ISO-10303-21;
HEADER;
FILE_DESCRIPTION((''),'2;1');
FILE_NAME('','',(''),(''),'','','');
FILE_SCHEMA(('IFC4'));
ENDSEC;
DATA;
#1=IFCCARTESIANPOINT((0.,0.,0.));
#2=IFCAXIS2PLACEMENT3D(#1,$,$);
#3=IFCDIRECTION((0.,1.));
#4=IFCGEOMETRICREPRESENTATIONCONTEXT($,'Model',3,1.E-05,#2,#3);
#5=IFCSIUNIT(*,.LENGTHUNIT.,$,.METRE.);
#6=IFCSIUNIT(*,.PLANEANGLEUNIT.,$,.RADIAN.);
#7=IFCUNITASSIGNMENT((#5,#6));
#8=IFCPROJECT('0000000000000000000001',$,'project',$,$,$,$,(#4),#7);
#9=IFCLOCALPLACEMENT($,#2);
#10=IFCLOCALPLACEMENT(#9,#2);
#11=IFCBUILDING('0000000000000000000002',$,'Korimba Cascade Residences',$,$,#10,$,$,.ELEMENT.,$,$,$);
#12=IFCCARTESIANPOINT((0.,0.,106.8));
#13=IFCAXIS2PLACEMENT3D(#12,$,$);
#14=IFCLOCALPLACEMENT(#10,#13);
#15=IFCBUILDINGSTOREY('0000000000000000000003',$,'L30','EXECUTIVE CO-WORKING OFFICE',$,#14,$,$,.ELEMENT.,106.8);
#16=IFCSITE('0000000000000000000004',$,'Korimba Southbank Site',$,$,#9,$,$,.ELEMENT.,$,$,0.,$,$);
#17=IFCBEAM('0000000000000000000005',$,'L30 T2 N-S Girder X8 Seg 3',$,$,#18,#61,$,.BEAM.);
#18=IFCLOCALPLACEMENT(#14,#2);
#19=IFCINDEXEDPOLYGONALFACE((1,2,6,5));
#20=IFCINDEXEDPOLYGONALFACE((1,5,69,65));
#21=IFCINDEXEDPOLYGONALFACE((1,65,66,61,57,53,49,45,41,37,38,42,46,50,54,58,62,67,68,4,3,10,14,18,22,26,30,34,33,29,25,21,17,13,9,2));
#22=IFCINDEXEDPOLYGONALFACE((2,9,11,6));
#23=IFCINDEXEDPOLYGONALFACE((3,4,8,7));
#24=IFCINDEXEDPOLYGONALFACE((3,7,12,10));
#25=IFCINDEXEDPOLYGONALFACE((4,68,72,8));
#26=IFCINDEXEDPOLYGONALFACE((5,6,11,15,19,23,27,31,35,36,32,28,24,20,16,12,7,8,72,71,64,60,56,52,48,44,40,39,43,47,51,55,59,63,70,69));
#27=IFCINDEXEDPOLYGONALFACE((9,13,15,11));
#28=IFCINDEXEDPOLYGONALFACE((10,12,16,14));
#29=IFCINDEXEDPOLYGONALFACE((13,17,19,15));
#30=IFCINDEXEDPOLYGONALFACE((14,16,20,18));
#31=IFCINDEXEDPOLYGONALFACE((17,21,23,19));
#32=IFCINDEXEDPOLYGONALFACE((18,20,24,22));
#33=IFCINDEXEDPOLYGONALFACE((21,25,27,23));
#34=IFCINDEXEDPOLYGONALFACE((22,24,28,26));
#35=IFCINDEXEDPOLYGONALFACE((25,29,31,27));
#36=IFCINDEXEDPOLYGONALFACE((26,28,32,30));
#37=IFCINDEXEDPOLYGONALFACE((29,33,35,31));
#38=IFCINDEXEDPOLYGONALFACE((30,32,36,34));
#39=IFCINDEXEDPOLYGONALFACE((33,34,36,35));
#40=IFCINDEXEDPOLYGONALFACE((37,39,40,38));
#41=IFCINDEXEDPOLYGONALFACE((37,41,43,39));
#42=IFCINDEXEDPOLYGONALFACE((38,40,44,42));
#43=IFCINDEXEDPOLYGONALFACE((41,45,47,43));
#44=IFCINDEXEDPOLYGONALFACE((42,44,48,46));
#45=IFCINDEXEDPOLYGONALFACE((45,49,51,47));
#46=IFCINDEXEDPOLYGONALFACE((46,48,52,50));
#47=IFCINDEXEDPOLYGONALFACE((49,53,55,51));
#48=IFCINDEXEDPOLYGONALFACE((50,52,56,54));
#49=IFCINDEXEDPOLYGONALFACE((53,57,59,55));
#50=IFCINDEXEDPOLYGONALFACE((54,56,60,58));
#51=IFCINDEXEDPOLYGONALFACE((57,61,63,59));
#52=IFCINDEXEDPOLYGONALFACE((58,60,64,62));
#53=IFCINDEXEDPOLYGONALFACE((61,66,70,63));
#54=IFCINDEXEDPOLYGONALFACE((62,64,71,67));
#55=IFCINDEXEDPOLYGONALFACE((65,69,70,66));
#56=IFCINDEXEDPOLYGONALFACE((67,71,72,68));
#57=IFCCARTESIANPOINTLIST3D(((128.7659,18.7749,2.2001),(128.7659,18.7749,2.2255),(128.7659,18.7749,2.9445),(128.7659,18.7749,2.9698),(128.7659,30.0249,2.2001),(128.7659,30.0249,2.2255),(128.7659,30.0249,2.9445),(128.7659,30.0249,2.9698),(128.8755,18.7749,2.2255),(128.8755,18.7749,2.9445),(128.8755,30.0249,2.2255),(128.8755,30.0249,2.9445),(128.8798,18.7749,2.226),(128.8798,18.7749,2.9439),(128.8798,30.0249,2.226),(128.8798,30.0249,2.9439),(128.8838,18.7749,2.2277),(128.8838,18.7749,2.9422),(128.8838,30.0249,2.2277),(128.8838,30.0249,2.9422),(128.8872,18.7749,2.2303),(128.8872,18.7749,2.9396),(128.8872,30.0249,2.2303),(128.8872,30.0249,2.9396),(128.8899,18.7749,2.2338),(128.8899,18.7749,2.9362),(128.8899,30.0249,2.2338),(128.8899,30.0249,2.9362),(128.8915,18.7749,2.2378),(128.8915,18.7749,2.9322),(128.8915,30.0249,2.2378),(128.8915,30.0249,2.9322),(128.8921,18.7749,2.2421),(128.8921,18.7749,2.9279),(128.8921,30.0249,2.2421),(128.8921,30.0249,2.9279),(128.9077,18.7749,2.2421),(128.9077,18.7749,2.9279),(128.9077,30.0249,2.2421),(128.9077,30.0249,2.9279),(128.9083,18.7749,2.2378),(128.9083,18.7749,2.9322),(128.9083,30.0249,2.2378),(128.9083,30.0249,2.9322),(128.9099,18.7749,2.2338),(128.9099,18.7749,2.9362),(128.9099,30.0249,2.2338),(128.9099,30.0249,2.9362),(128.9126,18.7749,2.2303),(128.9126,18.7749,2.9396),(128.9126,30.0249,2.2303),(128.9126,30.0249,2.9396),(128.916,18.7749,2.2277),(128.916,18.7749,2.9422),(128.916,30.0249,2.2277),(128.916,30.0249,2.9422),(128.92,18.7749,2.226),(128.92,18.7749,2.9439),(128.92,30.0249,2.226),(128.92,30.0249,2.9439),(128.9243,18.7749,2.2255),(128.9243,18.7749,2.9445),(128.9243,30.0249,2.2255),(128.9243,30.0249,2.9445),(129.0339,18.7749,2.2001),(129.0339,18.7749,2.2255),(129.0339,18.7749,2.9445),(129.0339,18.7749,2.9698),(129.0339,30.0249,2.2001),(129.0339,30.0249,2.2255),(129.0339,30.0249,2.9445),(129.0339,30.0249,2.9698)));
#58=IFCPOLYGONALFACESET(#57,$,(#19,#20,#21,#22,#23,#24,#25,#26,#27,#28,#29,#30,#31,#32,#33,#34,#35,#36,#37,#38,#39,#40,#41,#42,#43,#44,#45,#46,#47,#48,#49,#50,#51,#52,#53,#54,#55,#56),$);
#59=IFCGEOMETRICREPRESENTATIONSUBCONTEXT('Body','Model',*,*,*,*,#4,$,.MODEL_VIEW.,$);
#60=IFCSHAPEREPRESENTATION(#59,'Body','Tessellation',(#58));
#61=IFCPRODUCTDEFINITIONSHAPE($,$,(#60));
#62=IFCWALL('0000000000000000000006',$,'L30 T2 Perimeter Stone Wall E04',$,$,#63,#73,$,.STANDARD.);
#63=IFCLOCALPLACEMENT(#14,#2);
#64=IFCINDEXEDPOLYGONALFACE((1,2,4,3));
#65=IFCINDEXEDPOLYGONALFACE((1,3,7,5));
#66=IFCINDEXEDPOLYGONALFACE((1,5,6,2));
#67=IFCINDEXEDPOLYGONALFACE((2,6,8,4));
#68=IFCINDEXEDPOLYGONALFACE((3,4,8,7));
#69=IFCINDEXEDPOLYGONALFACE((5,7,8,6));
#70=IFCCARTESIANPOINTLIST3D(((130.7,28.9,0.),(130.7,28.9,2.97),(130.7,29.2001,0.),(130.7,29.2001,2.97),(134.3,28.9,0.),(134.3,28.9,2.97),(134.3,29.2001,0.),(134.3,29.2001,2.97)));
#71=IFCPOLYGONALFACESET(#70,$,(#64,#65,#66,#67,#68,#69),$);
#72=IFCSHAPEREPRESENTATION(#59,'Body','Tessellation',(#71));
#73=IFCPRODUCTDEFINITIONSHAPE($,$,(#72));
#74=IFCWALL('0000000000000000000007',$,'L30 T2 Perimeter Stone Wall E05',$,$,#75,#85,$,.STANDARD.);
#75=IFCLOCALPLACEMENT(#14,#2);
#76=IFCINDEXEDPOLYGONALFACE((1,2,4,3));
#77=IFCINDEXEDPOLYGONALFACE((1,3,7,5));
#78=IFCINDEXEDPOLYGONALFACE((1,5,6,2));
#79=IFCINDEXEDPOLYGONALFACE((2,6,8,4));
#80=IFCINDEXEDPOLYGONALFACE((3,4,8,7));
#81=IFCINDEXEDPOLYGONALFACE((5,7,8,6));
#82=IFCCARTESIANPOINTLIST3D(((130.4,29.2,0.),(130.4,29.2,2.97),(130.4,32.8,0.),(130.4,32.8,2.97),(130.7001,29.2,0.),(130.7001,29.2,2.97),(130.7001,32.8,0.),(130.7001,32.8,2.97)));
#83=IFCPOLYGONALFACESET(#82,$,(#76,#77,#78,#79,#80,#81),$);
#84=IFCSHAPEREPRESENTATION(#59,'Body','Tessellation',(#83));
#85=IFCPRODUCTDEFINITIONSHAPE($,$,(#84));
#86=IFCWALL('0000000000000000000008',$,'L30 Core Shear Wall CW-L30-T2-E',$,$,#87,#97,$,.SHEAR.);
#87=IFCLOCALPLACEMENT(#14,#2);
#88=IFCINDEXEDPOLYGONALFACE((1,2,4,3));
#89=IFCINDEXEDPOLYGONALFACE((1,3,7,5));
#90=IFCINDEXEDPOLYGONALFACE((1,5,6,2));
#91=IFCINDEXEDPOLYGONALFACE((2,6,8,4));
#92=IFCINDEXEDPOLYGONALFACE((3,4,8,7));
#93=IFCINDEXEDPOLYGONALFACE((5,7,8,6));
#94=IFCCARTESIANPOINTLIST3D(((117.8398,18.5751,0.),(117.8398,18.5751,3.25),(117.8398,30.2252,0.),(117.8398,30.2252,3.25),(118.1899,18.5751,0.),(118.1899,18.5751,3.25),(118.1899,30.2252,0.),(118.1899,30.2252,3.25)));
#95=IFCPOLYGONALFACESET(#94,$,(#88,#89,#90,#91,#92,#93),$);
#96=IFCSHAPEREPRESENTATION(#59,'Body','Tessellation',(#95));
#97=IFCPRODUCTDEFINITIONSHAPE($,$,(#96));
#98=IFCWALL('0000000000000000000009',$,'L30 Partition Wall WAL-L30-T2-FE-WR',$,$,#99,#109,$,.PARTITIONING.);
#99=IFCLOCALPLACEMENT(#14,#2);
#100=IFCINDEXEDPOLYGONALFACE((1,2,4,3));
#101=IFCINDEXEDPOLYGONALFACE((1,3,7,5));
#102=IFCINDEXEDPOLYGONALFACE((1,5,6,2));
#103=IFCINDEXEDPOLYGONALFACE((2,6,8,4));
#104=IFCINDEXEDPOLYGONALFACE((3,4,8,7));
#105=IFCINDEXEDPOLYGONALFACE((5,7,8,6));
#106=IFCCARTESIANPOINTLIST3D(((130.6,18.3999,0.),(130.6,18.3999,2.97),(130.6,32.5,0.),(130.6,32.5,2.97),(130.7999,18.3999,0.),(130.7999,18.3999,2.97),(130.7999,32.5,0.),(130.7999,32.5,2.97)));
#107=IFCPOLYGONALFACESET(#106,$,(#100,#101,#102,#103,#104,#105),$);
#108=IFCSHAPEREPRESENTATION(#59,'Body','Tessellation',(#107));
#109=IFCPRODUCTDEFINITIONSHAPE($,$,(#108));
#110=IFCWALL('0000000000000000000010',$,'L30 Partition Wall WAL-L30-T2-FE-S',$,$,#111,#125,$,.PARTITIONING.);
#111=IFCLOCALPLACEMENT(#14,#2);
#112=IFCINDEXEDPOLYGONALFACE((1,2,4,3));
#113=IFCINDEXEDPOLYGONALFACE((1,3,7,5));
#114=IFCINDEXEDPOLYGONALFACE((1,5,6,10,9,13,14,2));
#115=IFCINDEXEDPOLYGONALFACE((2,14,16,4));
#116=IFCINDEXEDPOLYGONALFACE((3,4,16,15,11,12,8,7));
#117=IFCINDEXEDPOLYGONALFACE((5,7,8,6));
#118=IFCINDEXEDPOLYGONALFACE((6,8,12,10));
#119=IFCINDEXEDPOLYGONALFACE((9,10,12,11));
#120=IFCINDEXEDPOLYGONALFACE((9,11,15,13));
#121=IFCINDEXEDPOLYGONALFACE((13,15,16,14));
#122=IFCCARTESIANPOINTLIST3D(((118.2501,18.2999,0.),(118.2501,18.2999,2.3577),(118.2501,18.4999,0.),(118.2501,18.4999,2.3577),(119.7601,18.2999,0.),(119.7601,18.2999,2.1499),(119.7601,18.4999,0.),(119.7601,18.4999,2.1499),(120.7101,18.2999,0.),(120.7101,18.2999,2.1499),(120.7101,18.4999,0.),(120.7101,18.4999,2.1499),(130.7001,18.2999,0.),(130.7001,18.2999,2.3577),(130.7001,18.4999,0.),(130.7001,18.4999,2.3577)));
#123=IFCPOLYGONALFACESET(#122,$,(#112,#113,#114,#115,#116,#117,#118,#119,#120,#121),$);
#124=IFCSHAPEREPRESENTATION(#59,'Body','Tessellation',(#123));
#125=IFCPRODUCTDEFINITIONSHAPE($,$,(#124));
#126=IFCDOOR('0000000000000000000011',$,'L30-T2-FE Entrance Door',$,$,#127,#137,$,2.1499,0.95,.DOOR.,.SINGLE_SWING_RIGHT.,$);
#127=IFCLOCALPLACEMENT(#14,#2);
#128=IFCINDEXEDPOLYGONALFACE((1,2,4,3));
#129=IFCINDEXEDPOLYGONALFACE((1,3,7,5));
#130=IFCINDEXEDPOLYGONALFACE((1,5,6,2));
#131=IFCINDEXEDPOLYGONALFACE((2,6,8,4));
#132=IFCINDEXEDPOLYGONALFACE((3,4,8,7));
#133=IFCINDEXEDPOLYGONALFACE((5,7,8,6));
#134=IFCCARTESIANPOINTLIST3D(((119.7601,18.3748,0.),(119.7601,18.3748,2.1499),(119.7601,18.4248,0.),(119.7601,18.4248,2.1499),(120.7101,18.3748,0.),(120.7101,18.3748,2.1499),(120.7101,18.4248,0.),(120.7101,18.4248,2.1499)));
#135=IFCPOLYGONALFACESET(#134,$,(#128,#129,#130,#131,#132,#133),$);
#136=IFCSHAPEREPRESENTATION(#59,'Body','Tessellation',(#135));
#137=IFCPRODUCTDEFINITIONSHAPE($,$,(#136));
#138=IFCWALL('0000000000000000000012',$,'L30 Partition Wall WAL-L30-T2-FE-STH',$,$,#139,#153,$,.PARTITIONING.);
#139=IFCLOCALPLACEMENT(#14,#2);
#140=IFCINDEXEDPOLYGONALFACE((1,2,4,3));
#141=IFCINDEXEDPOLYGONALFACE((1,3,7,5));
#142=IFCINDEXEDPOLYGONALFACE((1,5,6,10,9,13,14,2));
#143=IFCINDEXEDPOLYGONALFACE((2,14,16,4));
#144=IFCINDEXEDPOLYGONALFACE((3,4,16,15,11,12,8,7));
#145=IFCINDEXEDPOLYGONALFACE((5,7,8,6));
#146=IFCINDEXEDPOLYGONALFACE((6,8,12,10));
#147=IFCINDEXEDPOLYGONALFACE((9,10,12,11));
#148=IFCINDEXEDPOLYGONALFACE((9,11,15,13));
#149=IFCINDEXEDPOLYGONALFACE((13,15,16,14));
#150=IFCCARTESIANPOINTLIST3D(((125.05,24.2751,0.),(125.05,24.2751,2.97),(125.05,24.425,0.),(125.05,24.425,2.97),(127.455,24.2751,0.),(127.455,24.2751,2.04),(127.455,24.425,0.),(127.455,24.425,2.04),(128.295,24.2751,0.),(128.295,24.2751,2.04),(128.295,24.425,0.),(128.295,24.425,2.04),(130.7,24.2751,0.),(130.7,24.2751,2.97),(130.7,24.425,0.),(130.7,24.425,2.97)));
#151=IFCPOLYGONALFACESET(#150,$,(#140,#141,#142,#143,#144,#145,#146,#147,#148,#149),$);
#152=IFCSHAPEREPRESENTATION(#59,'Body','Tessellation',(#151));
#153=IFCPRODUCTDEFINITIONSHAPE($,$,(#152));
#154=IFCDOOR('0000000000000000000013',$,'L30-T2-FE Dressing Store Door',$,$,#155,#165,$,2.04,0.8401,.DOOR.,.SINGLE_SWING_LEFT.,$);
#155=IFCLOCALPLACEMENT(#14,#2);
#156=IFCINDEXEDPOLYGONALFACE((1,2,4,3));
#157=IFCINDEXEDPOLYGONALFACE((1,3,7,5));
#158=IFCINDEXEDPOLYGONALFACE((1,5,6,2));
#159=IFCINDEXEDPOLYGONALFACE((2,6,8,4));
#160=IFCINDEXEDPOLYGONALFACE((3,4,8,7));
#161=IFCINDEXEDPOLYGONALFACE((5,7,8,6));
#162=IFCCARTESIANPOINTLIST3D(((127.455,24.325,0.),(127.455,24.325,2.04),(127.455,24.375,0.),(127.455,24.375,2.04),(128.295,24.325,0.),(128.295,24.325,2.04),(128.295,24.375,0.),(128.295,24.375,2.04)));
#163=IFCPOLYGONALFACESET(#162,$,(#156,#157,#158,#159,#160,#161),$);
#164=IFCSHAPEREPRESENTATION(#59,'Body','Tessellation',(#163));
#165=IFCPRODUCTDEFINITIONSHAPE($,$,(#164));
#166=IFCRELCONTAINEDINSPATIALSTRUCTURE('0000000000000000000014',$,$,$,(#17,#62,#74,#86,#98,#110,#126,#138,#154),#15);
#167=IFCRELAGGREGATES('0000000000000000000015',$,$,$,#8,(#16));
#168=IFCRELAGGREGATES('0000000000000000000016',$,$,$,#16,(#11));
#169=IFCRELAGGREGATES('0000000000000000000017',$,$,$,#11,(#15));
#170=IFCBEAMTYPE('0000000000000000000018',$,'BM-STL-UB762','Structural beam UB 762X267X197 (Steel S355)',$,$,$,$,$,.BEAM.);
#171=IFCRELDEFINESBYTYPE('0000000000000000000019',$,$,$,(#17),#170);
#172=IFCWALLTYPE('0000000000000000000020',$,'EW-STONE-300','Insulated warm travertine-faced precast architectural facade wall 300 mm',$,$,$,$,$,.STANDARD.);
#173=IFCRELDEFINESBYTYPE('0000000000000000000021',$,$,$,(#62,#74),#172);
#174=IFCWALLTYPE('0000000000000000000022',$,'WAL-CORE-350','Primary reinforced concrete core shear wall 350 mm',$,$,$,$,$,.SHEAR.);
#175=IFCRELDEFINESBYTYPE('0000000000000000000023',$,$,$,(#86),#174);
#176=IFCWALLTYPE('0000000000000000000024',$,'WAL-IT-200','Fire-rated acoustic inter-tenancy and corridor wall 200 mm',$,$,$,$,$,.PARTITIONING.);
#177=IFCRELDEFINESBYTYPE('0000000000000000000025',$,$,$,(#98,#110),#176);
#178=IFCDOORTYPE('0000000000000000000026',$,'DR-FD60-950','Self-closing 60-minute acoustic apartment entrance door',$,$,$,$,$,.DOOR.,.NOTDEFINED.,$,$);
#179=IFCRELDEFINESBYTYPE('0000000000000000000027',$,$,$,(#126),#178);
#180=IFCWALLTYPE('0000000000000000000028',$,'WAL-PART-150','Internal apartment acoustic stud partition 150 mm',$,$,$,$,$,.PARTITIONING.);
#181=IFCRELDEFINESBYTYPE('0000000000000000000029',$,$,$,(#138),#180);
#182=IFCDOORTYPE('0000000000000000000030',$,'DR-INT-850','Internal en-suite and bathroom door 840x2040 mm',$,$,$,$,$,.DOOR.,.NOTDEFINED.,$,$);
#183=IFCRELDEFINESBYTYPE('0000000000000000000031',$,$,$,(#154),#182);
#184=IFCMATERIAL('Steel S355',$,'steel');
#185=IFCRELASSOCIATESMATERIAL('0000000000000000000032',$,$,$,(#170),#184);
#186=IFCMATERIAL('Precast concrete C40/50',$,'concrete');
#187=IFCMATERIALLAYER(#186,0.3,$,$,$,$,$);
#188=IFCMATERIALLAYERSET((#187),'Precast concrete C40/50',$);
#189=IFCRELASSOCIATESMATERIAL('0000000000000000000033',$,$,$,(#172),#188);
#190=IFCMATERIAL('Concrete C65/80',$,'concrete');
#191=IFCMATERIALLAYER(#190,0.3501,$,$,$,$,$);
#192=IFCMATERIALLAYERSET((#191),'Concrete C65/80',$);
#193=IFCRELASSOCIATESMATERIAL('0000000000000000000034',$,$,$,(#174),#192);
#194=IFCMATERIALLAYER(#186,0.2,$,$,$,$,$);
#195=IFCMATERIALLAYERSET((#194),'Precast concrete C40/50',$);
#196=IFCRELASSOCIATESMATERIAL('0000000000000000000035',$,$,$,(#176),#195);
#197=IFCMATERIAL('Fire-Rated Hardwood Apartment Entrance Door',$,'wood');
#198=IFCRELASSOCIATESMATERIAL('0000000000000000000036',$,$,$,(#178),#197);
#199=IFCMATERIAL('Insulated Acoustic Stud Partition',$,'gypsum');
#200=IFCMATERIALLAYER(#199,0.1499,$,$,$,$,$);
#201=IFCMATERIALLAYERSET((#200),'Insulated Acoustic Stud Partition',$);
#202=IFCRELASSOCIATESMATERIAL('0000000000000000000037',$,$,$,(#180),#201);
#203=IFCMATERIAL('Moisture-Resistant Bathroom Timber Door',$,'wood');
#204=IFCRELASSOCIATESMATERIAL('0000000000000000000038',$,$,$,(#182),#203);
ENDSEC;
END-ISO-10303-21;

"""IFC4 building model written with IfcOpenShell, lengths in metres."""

from ifc_helpers import new_model, si_unit, direction, frame, frame_2d, origin, origin_2d, place, context, subcontext, project, spatial, rectangle, i_section, extrude, material, layer, layer_set, material_profile, profile_set, type_object, element, fill, save


model = new_model("IFC4")

# Units and contexts
model_context = context("Model", 3, precision=1e-05, world=origin(), true_north=direction((0.0, 1.0)))
body_context = subcontext(model_context, "Body", "Model", "MODEL_VIEW")
ifc_project = project(units=[si_unit("LENGTHUNIT", "METRE"), si_unit("PLANEANGLEUNIT", "RADIAN")], contexts=[model_context])

# Site, building, storey
site_placement = place(None, origin())
site = spatial("IfcSite", under=ifc_project, at=site_placement, Name="Korimba Southbank Site", CompositionType="ELEMENT", RefElevation=0.0)
building_placement = place(site_placement, origin())
building = spatial("IfcBuilding", under=site, at=building_placement, Name="Korimba Cascade Residences", CompositionType="ELEMENT")
storey_placement = place(building_placement, frame((0.0, 0.0, 106.8)))
storey = spatial("IfcBuildingStorey", under=building, at=storey_placement, Name="L30", Description="EXECUTIVE CO-WORKING OFFICE", CompositionType="ELEMENT", Elevation=106.8)

# Shared definitions
ifc_material_1 = material(Name="Concrete C65/80", Category="concrete")

# Beam
ifc_material_2 = material(Name="Steel S355", Category="steel")
ifc_material_profile_1 = material_profile(ifc_material_2, i_section(OverallWidth=0.2681, OverallDepth=0.7698, WebThickness=0.0156, FlangeThickness=0.0254, FilletRadius=0.0166, at=origin_2d()), Name="Steel S355")
ifc_profile_set_1 = profile_set([ifc_material_profile_1], Name="Steel S355")
beam_type_1 = type_object("IfcBeamType", Name="BM-STL-UB762", Description="Structural beam UB 762X267X197 (Steel S355)", PredefinedType="BEAM", material=ifc_profile_set_1)
beam_1_placement = place(storey_placement, frame((128.8999, 18.7749, 2.585), z_axis=(0.0, 1.0, 0.0), x_axis=(-1.0, 0.0, 0.0)))
element("IfcBeam", 1, at=beam_1_placement, inside=storey, type_object=beam_type_1, Name="L30 T2 N-S Girder X8 Seg 3", PredefinedType="BEAM", context=body_context, shape_type="SweptSolid", body=[
    extrude(i_section(OverallWidth=0.2681, OverallDepth=0.7698, WebThickness=0.0156, FlangeThickness=0.0254, FilletRadius=0.0166, at=origin_2d()), origin(), (0.0, 0.0, 1.0), 11.25),
])

# Walls
ifc_material_3 = material(Name="Precast concrete C40/50", Category="concrete")
ifc_layer_1 = layer(ifc_material_3, 0.3)
ifc_layer_set_1 = layer_set([ifc_layer_1], Name="Precast concrete C40/50")
wall_type_1 = type_object("IfcWallType", Name="EW-STONE-300", Description="Insulated warm travertine-faced precast architectural facade wall 300 mm", PredefinedType="STANDARD", material=ifc_layer_set_1)
for number, where, z_axis, x_axis, name in (
    (2, (134.3, 29.05, 0.0), (0.0, 0.0, 1.0), (-1.0, 0.0, 0.0), "L30 T2 Perimeter Stone Wall E04"),
    (3, (130.55, 29.2, 0.0), (0.0, 0.0, 1.0), (0.0, 1.0, 0.0), "L30 T2 Perimeter Stone Wall E05"),
):
    element("IfcWall", number, at=place(storey_placement, frame(where, z_axis=z_axis, x_axis=x_axis)), inside=storey, type_object=wall_type_1, Name=name, PredefinedType="STANDARD", context=body_context, shape_type="SweptSolid", body=[
        extrude(rectangle(XDim=3.6001, YDim=0.3, at=frame_2d((1.8, 0.0))), origin(), (0.0, 0.0, 1.0), 2.97),
    ])
ifc_layer_2 = layer(ifc_material_1, 0.3501)
ifc_layer_set_2 = layer_set([ifc_layer_2], Name="Concrete C65/80")
wall_type_2 = type_object("IfcWallType", Name="WAL-CORE-350", Description="Primary reinforced concrete core shear wall 350 mm", PredefinedType="SHEAR", material=ifc_layer_set_2)
wall_1_placement = place(storey_placement, frame((118.0149, 18.575, 0.0), z_axis=(0.0, 0.0, 1.0), x_axis=(0.0, 1.0, 0.0)))
element("IfcWall", 4, at=wall_1_placement, inside=storey, type_object=wall_type_2, Name="L30 Core Shear Wall CW-L30-T2-E", PredefinedType="SHEAR", context=body_context, shape_type="SweptSolid", body=[
    extrude(rectangle(XDim=11.6501, YDim=0.3501, at=frame_2d((5.8252, 0.0))), origin(), (0.0, 0.0, 1.0), 3.25),
])
ifc_layer_3 = layer(ifc_material_3, 0.2)
ifc_layer_set_3 = layer_set([ifc_layer_3], Name="Precast concrete C40/50")
wall_type_3 = type_object("IfcWallType", Name="WAL-IT-200", Description="Fire-rated acoustic inter-tenancy and corridor wall 200 mm", PredefinedType="PARTITIONING", material=ifc_layer_set_3)
wall_2_placement = place(storey_placement, frame((130.7, 18.3999, 0.0), z_axis=(0.0, 0.0, 1.0), x_axis=(0.0, 1.0, 0.0)))
element("IfcWall", 5, at=wall_2_placement, inside=storey, type_object=wall_type_3, Name="L30 Partition Wall WAL-L30-T2-FE-WR", PredefinedType="PARTITIONING", context=body_context, shape_type="SweptSolid", body=[
    extrude(rectangle(XDim=14.1001, YDim=0.2, at=frame_2d((7.05, 0.0))), origin(), (0.0, 0.0, 1.0), 2.97),
])

# Walls, openings, doors
wall_3_placement = place(storey_placement, frame((118.25, 18.3999, 0.0), z_axis=(0.0, 0.0, 1.0), x_axis=(1.0, 0.0, 0.0)))
wall_3 = element("IfcWall", 6, at=wall_3_placement, inside=storey, type_object=wall_type_3, Name="L30 Partition Wall WAL-L30-T2-FE-S", PredefinedType="PARTITIONING", context=body_context, shape_type="SweptSolid", body=[
    extrude(rectangle(XDim=12.45, YDim=0.2, at=frame_2d((6.2251, 0.0))), origin(), (0.0, 0.0, 1.0), 2.3577),
])
opening_1_placement = place(wall_3_placement, frame((1.51, 0.0, 0.0)))
opening_1 = element("IfcOpeningElement", 7, at=opening_1_placement, cuts=wall_3, PredefinedType="OPENING", context=body_context, shape_type="SweptSolid", body=[
    extrude(rectangle(XDim=0.95, YDim=2.1499, at=frame_2d((0.4751, 1.075))), frame((0.0, 0.1099, 0.0), z_axis=(0.0, -1.0, 0.0), x_axis=(1.0, 0.0, 0.0)), (0.0, 0.0, 1.0), 0.22),
])
ifc_material_4 = material(Name="Fire-Rated Hardwood Apartment Entrance Door", Category="wood")
door_type_1 = type_object("IfcDoorType", Name="DR-FD60-950", Description="Self-closing 60-minute acoustic apartment entrance door", OperationType="NOTDEFINED", PredefinedType="DOOR", material=ifc_material_4)
door_1_placement = place(opening_1_placement, origin())
door_1 = element("IfcDoor", 8, at=door_1_placement, inside=storey, type_object=door_type_1, Name="L30-T2-FE Entrance Door", OperationType="SINGLE_SWING_RIGHT", OverallHeight=2.1499, OverallWidth=0.95, PredefinedType="DOOR", context=body_context, shape_type="SweptSolid", body=[
    extrude(rectangle(XDim=0.95, YDim=2.1499, at=frame_2d((0.4751, 1.075))), frame((0.0, 0.0249, 0.0), z_axis=(0.0, -1.0, 0.0), x_axis=(1.0, 0.0, 0.0)), (0.0, 0.0, 1.0), 0.05),
])
fill(opening_1, door_1)
ifc_material_5 = material(Name="Insulated Acoustic Stud Partition", Category="gypsum")
ifc_layer_4 = layer(ifc_material_5, 0.1499)
ifc_layer_set_4 = layer_set([ifc_layer_4], Name="Insulated Acoustic Stud Partition")
wall_type_4 = type_object("IfcWallType", Name="WAL-PART-150", Description="Internal apartment acoustic stud partition 150 mm", PredefinedType="PARTITIONING", material=ifc_layer_set_4)
wall_4_placement = place(storey_placement, frame((125.05, 24.3501, 0.0), z_axis=(0.0, 0.0, 1.0), x_axis=(1.0, 0.0, 0.0)))
wall_4 = element("IfcWall", 9, at=wall_4_placement, inside=storey, type_object=wall_type_4, Name="L30 Partition Wall WAL-L30-T2-FE-STH", PredefinedType="PARTITIONING", context=body_context, shape_type="SweptSolid", body=[
    extrude(rectangle(XDim=5.6499, YDim=0.1499, at=frame_2d((2.825, 0.0))), origin(), (0.0, 0.0, 1.0), 2.97),
])
opening_2_placement = place(wall_4_placement, frame((2.405, 0.0, 0.0)))
opening_2 = element("IfcOpeningElement", 10, at=opening_2_placement, cuts=wall_4, PredefinedType="OPENING", context=body_context, shape_type="SweptSolid", body=[
    extrude(rectangle(XDim=0.8401, YDim=2.04, at=frame_2d((0.4199, 1.02))), frame((0.0, 0.085, 0.0), z_axis=(0.0, -1.0, 0.0), x_axis=(1.0, 0.0, 0.0)), (0.0, 0.0, 1.0), 0.1699),
])
ifc_material_6 = material(Name="Moisture-Resistant Bathroom Timber Door", Category="wood")
door_type_2 = type_object("IfcDoorType", Name="DR-INT-850", Description="Internal en-suite and bathroom door 840x2040 mm", OperationType="NOTDEFINED", PredefinedType="DOOR", material=ifc_material_6)
door_2_placement = place(opening_2_placement, origin())
door_2 = element("IfcDoor", 11, at=door_2_placement, inside=storey, type_object=door_type_2, Name="L30-T2-FE Dressing Store Door", OperationType="SINGLE_SWING_LEFT", OverallHeight=2.04, OverallWidth=0.8401, PredefinedType="DOOR", context=body_context, shape_type="SweptSolid", body=[
    extrude(rectangle(XDim=0.8401, YDim=2.04, at=frame_2d((0.4199, 1.02))), frame((0.0, 0.0249, 0.0), z_axis=(0.0, -1.0, 0.0), x_axis=(1.0, 0.0, 0.0)), (0.0, 0.0, 1.0), 0.05),
])
fill(opening_2, door_2)

save(model, "model.ifc")
